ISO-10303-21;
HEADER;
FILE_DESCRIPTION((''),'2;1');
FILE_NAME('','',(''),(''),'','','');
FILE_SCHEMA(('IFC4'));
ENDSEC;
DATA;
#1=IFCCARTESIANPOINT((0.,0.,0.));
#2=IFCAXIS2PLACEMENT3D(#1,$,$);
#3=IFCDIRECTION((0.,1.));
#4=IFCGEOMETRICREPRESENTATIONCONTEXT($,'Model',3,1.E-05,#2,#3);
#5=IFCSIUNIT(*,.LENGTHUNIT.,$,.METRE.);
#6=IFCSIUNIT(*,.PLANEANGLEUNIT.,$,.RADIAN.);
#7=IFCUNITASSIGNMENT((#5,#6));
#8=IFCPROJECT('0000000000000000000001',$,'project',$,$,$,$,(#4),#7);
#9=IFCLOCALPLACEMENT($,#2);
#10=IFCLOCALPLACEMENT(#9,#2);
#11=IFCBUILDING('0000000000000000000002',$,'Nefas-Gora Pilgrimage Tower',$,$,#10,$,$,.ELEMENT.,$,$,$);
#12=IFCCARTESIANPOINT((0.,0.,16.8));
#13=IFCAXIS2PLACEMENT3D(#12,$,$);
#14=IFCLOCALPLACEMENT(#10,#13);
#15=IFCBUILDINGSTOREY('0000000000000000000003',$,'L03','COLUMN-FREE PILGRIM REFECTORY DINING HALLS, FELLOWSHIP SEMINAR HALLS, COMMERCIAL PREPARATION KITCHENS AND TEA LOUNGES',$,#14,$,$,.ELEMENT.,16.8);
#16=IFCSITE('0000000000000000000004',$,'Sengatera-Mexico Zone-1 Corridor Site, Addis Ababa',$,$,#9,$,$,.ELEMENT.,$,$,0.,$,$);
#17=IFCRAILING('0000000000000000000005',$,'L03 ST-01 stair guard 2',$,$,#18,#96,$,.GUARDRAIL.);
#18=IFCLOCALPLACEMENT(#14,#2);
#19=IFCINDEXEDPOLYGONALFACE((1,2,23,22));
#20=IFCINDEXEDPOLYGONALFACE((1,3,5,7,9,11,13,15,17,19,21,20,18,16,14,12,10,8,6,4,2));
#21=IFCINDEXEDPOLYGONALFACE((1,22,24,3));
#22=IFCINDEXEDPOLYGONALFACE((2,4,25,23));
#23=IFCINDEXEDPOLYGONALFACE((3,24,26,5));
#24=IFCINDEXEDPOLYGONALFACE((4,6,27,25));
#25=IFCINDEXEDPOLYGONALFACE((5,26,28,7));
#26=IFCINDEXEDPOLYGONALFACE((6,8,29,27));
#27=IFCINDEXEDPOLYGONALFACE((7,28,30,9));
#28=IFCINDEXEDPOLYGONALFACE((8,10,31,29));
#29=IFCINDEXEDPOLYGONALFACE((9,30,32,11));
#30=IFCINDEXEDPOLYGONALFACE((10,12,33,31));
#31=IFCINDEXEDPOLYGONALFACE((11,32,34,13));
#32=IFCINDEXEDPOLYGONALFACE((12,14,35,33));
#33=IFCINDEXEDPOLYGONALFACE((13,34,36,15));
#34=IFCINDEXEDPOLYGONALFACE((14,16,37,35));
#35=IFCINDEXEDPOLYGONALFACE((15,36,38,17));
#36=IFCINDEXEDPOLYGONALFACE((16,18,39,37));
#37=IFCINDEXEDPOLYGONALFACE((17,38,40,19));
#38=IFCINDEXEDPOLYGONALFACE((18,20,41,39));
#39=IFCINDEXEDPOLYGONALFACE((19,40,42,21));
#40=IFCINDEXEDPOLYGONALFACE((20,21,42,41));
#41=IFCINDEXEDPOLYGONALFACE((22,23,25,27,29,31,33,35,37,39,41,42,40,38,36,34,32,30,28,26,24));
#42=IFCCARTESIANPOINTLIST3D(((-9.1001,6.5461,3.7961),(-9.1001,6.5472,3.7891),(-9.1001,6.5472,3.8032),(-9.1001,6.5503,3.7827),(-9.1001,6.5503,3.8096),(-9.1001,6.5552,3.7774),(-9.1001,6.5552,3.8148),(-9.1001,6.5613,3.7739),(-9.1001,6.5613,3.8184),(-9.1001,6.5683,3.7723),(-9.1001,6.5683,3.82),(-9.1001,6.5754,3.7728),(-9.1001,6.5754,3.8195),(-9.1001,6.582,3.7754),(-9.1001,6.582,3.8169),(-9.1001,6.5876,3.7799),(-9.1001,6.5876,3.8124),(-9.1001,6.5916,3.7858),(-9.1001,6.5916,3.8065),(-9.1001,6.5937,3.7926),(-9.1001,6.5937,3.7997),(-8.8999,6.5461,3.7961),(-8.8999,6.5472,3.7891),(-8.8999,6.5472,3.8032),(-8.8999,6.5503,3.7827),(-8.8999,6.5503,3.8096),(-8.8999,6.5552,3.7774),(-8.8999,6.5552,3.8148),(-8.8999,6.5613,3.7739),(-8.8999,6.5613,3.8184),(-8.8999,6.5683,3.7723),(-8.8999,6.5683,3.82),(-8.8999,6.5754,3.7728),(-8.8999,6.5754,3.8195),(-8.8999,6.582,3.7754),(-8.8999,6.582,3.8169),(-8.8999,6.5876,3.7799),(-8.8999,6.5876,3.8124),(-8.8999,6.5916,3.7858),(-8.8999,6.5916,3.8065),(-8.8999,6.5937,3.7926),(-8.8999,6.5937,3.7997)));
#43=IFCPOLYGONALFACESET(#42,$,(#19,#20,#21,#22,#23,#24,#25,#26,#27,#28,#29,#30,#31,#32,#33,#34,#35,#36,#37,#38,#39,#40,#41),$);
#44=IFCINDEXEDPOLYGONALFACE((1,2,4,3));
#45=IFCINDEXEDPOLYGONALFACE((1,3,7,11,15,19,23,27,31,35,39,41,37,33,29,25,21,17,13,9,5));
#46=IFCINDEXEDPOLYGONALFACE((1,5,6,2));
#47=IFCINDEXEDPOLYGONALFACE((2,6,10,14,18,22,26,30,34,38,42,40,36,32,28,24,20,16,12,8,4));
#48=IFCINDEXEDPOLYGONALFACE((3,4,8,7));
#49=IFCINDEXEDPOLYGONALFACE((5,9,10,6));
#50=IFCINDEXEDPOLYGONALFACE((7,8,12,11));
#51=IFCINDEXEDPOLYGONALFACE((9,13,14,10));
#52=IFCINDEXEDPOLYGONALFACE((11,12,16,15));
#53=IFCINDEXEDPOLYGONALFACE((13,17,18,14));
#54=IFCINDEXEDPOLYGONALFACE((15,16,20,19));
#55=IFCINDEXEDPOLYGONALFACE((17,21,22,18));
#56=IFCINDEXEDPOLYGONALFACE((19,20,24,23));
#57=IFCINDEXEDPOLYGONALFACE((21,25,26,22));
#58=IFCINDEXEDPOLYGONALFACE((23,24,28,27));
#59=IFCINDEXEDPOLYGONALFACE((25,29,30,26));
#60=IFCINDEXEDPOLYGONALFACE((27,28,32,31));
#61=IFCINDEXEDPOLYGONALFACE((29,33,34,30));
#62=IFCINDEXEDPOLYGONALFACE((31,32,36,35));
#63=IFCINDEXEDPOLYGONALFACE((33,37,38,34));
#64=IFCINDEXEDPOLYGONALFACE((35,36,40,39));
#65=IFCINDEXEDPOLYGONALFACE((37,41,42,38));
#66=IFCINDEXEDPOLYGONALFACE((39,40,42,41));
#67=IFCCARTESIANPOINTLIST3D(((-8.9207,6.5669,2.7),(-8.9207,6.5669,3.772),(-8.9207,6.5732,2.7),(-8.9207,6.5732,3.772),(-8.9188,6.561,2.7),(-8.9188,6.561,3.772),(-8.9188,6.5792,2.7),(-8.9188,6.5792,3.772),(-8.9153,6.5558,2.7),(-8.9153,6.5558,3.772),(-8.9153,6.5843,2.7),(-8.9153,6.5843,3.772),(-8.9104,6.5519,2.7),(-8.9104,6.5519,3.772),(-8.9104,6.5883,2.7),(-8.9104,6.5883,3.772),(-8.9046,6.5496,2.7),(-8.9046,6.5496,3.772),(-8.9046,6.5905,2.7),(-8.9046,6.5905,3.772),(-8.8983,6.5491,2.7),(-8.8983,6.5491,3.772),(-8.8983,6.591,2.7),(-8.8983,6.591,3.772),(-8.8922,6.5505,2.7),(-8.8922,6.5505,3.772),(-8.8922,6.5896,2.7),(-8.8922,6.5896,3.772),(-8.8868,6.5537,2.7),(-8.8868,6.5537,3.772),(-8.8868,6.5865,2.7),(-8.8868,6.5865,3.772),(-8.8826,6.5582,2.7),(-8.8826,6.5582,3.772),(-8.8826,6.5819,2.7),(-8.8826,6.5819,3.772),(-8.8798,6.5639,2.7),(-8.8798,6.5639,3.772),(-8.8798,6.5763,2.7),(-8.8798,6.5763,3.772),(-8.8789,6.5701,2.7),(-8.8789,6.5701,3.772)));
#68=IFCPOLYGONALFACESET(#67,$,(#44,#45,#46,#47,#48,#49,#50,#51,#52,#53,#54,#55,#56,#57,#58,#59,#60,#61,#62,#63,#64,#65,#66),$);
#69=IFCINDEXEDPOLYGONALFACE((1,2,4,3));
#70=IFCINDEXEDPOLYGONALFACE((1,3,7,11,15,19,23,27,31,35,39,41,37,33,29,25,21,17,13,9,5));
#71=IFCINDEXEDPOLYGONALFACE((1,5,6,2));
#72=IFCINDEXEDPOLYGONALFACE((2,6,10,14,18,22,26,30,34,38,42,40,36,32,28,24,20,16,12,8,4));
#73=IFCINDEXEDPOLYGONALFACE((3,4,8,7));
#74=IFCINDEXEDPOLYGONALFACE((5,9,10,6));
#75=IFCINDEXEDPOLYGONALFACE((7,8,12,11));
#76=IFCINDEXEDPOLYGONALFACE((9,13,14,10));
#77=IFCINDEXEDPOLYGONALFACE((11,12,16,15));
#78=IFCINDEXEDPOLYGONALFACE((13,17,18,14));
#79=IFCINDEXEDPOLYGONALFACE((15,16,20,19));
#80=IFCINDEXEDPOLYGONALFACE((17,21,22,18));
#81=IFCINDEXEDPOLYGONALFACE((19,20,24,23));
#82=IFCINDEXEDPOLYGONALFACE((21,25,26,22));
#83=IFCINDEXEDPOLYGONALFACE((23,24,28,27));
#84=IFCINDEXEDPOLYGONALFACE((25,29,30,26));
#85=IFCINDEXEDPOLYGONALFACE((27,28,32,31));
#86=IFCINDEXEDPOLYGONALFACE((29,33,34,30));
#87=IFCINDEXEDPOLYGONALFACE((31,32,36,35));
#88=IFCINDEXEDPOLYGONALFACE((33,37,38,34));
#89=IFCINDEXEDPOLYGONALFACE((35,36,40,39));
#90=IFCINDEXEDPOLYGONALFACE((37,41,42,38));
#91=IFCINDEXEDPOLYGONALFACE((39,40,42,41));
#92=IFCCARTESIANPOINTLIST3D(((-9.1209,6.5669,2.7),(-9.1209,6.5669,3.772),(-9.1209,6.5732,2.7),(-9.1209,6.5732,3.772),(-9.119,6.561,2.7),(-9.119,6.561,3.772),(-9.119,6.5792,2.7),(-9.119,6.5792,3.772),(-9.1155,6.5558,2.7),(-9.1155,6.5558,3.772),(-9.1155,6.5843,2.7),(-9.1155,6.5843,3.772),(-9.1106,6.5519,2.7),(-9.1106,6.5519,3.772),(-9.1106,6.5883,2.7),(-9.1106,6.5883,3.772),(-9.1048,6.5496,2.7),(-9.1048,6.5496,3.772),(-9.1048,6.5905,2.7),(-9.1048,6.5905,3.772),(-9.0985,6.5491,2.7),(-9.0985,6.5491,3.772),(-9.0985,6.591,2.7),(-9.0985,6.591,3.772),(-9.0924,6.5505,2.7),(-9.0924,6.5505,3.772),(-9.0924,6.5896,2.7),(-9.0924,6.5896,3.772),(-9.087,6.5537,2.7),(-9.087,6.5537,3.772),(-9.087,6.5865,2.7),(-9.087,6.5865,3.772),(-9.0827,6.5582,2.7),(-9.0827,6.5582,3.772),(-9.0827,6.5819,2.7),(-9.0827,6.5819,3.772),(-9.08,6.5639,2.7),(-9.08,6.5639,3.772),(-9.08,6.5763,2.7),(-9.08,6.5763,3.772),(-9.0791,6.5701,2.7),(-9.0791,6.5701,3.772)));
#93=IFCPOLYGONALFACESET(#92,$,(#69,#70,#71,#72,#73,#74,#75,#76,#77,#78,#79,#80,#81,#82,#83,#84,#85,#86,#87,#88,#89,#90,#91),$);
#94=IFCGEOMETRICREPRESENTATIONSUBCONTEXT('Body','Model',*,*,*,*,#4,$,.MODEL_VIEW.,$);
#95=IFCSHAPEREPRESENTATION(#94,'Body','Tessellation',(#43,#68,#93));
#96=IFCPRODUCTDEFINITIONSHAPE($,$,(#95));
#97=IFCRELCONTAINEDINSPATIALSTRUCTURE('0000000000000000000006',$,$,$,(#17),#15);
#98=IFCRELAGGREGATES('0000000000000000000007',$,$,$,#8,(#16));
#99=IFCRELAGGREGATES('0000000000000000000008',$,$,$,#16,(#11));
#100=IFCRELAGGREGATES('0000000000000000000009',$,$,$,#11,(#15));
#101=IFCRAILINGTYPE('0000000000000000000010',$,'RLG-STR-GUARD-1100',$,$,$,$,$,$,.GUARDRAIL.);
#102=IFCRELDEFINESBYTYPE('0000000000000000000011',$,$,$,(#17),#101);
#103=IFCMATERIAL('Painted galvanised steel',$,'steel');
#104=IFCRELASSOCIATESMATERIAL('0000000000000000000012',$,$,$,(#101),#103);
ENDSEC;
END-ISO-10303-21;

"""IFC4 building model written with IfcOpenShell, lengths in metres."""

from ifc_helpers import new_model, si_unit, direction, frame, origin, origin_2d, place, context, subcontext, project, spatial, circle, extrude, material, type_object, element, save


model = new_model("IFC4")

# Units and contexts
model_context = context("Model", 3, precision=1e-05, world=origin(), true_north=direction((0.0, 1.0)))
body_context = subcontext(model_context, "Body", "Model", "MODEL_VIEW")
ifc_project = project(units=[si_unit("LENGTHUNIT", "METRE"), si_unit("PLANEANGLEUNIT", "RADIAN")], contexts=[model_context])

# Site, building, storey
site_placement = place(None, origin())
site = spatial("IfcSite", under=ifc_project, at=site_placement, Name="Sengatera-Mexico Zone-1 Corridor Site, Addis Ababa", CompositionType="ELEMENT", RefElevation=0.0)
building_placement = place(site_placement, origin())
building = spatial("IfcBuilding", under=site, at=building_placement, Name="Nefas-Gora Pilgrimage Tower", CompositionType="ELEMENT")
storey_placement = place(building_placement, frame((0.0, 0.0, 16.8)))
storey = spatial("IfcBuildingStorey", under=building, at=storey_placement, Name="L03", Description="COLUMN-FREE PILGRIM REFECTORY DINING HALLS, FELLOWSHIP SEMINAR HALLS, COMMERCIAL PREPARATION KITCHENS AND TEA LOUNGES", CompositionType="ELEMENT", Elevation=16.8)

# Railing
ifc_material_1 = material(Name="Painted galvanised steel", Category="steel")
railing_type_1 = type_object("IfcRailingType", Name="RLG-STR-GUARD-1100", PredefinedType="GUARDRAIL", material=ifc_material_1)
railing_1_placement = place(storey_placement, frame((-8.8999, 6.5701, 2.7)))
element("IfcRailing", 1, at=railing_1_placement, inside=storey, type_object=railing_type_1, Name="L03 ST-01 stair guard 2", PredefinedType="GUARDRAIL", context=body_context, shape_type="SweptSolid", body=[
    extrude(circle(Radius=0.0239, at=origin_2d()), frame((0.0, 0.0, 1.0962), z_axis=(-1.0, 0.0, 0.0), x_axis=(0.0, -1.0, 0.0)), (0.0, 0.0, 1.0), 0.2002),
    extrude(circle(Radius=0.021, at=origin_2d()), origin(), (0.0, 0.0, 1.0), 1.072),
    extrude(circle(Radius=0.021, at=origin_2d()), frame((-0.2002, 0.0, 0.0)), (0.0, 0.0, 1.0), 1.072),
])

save(model, "model.ifc")
